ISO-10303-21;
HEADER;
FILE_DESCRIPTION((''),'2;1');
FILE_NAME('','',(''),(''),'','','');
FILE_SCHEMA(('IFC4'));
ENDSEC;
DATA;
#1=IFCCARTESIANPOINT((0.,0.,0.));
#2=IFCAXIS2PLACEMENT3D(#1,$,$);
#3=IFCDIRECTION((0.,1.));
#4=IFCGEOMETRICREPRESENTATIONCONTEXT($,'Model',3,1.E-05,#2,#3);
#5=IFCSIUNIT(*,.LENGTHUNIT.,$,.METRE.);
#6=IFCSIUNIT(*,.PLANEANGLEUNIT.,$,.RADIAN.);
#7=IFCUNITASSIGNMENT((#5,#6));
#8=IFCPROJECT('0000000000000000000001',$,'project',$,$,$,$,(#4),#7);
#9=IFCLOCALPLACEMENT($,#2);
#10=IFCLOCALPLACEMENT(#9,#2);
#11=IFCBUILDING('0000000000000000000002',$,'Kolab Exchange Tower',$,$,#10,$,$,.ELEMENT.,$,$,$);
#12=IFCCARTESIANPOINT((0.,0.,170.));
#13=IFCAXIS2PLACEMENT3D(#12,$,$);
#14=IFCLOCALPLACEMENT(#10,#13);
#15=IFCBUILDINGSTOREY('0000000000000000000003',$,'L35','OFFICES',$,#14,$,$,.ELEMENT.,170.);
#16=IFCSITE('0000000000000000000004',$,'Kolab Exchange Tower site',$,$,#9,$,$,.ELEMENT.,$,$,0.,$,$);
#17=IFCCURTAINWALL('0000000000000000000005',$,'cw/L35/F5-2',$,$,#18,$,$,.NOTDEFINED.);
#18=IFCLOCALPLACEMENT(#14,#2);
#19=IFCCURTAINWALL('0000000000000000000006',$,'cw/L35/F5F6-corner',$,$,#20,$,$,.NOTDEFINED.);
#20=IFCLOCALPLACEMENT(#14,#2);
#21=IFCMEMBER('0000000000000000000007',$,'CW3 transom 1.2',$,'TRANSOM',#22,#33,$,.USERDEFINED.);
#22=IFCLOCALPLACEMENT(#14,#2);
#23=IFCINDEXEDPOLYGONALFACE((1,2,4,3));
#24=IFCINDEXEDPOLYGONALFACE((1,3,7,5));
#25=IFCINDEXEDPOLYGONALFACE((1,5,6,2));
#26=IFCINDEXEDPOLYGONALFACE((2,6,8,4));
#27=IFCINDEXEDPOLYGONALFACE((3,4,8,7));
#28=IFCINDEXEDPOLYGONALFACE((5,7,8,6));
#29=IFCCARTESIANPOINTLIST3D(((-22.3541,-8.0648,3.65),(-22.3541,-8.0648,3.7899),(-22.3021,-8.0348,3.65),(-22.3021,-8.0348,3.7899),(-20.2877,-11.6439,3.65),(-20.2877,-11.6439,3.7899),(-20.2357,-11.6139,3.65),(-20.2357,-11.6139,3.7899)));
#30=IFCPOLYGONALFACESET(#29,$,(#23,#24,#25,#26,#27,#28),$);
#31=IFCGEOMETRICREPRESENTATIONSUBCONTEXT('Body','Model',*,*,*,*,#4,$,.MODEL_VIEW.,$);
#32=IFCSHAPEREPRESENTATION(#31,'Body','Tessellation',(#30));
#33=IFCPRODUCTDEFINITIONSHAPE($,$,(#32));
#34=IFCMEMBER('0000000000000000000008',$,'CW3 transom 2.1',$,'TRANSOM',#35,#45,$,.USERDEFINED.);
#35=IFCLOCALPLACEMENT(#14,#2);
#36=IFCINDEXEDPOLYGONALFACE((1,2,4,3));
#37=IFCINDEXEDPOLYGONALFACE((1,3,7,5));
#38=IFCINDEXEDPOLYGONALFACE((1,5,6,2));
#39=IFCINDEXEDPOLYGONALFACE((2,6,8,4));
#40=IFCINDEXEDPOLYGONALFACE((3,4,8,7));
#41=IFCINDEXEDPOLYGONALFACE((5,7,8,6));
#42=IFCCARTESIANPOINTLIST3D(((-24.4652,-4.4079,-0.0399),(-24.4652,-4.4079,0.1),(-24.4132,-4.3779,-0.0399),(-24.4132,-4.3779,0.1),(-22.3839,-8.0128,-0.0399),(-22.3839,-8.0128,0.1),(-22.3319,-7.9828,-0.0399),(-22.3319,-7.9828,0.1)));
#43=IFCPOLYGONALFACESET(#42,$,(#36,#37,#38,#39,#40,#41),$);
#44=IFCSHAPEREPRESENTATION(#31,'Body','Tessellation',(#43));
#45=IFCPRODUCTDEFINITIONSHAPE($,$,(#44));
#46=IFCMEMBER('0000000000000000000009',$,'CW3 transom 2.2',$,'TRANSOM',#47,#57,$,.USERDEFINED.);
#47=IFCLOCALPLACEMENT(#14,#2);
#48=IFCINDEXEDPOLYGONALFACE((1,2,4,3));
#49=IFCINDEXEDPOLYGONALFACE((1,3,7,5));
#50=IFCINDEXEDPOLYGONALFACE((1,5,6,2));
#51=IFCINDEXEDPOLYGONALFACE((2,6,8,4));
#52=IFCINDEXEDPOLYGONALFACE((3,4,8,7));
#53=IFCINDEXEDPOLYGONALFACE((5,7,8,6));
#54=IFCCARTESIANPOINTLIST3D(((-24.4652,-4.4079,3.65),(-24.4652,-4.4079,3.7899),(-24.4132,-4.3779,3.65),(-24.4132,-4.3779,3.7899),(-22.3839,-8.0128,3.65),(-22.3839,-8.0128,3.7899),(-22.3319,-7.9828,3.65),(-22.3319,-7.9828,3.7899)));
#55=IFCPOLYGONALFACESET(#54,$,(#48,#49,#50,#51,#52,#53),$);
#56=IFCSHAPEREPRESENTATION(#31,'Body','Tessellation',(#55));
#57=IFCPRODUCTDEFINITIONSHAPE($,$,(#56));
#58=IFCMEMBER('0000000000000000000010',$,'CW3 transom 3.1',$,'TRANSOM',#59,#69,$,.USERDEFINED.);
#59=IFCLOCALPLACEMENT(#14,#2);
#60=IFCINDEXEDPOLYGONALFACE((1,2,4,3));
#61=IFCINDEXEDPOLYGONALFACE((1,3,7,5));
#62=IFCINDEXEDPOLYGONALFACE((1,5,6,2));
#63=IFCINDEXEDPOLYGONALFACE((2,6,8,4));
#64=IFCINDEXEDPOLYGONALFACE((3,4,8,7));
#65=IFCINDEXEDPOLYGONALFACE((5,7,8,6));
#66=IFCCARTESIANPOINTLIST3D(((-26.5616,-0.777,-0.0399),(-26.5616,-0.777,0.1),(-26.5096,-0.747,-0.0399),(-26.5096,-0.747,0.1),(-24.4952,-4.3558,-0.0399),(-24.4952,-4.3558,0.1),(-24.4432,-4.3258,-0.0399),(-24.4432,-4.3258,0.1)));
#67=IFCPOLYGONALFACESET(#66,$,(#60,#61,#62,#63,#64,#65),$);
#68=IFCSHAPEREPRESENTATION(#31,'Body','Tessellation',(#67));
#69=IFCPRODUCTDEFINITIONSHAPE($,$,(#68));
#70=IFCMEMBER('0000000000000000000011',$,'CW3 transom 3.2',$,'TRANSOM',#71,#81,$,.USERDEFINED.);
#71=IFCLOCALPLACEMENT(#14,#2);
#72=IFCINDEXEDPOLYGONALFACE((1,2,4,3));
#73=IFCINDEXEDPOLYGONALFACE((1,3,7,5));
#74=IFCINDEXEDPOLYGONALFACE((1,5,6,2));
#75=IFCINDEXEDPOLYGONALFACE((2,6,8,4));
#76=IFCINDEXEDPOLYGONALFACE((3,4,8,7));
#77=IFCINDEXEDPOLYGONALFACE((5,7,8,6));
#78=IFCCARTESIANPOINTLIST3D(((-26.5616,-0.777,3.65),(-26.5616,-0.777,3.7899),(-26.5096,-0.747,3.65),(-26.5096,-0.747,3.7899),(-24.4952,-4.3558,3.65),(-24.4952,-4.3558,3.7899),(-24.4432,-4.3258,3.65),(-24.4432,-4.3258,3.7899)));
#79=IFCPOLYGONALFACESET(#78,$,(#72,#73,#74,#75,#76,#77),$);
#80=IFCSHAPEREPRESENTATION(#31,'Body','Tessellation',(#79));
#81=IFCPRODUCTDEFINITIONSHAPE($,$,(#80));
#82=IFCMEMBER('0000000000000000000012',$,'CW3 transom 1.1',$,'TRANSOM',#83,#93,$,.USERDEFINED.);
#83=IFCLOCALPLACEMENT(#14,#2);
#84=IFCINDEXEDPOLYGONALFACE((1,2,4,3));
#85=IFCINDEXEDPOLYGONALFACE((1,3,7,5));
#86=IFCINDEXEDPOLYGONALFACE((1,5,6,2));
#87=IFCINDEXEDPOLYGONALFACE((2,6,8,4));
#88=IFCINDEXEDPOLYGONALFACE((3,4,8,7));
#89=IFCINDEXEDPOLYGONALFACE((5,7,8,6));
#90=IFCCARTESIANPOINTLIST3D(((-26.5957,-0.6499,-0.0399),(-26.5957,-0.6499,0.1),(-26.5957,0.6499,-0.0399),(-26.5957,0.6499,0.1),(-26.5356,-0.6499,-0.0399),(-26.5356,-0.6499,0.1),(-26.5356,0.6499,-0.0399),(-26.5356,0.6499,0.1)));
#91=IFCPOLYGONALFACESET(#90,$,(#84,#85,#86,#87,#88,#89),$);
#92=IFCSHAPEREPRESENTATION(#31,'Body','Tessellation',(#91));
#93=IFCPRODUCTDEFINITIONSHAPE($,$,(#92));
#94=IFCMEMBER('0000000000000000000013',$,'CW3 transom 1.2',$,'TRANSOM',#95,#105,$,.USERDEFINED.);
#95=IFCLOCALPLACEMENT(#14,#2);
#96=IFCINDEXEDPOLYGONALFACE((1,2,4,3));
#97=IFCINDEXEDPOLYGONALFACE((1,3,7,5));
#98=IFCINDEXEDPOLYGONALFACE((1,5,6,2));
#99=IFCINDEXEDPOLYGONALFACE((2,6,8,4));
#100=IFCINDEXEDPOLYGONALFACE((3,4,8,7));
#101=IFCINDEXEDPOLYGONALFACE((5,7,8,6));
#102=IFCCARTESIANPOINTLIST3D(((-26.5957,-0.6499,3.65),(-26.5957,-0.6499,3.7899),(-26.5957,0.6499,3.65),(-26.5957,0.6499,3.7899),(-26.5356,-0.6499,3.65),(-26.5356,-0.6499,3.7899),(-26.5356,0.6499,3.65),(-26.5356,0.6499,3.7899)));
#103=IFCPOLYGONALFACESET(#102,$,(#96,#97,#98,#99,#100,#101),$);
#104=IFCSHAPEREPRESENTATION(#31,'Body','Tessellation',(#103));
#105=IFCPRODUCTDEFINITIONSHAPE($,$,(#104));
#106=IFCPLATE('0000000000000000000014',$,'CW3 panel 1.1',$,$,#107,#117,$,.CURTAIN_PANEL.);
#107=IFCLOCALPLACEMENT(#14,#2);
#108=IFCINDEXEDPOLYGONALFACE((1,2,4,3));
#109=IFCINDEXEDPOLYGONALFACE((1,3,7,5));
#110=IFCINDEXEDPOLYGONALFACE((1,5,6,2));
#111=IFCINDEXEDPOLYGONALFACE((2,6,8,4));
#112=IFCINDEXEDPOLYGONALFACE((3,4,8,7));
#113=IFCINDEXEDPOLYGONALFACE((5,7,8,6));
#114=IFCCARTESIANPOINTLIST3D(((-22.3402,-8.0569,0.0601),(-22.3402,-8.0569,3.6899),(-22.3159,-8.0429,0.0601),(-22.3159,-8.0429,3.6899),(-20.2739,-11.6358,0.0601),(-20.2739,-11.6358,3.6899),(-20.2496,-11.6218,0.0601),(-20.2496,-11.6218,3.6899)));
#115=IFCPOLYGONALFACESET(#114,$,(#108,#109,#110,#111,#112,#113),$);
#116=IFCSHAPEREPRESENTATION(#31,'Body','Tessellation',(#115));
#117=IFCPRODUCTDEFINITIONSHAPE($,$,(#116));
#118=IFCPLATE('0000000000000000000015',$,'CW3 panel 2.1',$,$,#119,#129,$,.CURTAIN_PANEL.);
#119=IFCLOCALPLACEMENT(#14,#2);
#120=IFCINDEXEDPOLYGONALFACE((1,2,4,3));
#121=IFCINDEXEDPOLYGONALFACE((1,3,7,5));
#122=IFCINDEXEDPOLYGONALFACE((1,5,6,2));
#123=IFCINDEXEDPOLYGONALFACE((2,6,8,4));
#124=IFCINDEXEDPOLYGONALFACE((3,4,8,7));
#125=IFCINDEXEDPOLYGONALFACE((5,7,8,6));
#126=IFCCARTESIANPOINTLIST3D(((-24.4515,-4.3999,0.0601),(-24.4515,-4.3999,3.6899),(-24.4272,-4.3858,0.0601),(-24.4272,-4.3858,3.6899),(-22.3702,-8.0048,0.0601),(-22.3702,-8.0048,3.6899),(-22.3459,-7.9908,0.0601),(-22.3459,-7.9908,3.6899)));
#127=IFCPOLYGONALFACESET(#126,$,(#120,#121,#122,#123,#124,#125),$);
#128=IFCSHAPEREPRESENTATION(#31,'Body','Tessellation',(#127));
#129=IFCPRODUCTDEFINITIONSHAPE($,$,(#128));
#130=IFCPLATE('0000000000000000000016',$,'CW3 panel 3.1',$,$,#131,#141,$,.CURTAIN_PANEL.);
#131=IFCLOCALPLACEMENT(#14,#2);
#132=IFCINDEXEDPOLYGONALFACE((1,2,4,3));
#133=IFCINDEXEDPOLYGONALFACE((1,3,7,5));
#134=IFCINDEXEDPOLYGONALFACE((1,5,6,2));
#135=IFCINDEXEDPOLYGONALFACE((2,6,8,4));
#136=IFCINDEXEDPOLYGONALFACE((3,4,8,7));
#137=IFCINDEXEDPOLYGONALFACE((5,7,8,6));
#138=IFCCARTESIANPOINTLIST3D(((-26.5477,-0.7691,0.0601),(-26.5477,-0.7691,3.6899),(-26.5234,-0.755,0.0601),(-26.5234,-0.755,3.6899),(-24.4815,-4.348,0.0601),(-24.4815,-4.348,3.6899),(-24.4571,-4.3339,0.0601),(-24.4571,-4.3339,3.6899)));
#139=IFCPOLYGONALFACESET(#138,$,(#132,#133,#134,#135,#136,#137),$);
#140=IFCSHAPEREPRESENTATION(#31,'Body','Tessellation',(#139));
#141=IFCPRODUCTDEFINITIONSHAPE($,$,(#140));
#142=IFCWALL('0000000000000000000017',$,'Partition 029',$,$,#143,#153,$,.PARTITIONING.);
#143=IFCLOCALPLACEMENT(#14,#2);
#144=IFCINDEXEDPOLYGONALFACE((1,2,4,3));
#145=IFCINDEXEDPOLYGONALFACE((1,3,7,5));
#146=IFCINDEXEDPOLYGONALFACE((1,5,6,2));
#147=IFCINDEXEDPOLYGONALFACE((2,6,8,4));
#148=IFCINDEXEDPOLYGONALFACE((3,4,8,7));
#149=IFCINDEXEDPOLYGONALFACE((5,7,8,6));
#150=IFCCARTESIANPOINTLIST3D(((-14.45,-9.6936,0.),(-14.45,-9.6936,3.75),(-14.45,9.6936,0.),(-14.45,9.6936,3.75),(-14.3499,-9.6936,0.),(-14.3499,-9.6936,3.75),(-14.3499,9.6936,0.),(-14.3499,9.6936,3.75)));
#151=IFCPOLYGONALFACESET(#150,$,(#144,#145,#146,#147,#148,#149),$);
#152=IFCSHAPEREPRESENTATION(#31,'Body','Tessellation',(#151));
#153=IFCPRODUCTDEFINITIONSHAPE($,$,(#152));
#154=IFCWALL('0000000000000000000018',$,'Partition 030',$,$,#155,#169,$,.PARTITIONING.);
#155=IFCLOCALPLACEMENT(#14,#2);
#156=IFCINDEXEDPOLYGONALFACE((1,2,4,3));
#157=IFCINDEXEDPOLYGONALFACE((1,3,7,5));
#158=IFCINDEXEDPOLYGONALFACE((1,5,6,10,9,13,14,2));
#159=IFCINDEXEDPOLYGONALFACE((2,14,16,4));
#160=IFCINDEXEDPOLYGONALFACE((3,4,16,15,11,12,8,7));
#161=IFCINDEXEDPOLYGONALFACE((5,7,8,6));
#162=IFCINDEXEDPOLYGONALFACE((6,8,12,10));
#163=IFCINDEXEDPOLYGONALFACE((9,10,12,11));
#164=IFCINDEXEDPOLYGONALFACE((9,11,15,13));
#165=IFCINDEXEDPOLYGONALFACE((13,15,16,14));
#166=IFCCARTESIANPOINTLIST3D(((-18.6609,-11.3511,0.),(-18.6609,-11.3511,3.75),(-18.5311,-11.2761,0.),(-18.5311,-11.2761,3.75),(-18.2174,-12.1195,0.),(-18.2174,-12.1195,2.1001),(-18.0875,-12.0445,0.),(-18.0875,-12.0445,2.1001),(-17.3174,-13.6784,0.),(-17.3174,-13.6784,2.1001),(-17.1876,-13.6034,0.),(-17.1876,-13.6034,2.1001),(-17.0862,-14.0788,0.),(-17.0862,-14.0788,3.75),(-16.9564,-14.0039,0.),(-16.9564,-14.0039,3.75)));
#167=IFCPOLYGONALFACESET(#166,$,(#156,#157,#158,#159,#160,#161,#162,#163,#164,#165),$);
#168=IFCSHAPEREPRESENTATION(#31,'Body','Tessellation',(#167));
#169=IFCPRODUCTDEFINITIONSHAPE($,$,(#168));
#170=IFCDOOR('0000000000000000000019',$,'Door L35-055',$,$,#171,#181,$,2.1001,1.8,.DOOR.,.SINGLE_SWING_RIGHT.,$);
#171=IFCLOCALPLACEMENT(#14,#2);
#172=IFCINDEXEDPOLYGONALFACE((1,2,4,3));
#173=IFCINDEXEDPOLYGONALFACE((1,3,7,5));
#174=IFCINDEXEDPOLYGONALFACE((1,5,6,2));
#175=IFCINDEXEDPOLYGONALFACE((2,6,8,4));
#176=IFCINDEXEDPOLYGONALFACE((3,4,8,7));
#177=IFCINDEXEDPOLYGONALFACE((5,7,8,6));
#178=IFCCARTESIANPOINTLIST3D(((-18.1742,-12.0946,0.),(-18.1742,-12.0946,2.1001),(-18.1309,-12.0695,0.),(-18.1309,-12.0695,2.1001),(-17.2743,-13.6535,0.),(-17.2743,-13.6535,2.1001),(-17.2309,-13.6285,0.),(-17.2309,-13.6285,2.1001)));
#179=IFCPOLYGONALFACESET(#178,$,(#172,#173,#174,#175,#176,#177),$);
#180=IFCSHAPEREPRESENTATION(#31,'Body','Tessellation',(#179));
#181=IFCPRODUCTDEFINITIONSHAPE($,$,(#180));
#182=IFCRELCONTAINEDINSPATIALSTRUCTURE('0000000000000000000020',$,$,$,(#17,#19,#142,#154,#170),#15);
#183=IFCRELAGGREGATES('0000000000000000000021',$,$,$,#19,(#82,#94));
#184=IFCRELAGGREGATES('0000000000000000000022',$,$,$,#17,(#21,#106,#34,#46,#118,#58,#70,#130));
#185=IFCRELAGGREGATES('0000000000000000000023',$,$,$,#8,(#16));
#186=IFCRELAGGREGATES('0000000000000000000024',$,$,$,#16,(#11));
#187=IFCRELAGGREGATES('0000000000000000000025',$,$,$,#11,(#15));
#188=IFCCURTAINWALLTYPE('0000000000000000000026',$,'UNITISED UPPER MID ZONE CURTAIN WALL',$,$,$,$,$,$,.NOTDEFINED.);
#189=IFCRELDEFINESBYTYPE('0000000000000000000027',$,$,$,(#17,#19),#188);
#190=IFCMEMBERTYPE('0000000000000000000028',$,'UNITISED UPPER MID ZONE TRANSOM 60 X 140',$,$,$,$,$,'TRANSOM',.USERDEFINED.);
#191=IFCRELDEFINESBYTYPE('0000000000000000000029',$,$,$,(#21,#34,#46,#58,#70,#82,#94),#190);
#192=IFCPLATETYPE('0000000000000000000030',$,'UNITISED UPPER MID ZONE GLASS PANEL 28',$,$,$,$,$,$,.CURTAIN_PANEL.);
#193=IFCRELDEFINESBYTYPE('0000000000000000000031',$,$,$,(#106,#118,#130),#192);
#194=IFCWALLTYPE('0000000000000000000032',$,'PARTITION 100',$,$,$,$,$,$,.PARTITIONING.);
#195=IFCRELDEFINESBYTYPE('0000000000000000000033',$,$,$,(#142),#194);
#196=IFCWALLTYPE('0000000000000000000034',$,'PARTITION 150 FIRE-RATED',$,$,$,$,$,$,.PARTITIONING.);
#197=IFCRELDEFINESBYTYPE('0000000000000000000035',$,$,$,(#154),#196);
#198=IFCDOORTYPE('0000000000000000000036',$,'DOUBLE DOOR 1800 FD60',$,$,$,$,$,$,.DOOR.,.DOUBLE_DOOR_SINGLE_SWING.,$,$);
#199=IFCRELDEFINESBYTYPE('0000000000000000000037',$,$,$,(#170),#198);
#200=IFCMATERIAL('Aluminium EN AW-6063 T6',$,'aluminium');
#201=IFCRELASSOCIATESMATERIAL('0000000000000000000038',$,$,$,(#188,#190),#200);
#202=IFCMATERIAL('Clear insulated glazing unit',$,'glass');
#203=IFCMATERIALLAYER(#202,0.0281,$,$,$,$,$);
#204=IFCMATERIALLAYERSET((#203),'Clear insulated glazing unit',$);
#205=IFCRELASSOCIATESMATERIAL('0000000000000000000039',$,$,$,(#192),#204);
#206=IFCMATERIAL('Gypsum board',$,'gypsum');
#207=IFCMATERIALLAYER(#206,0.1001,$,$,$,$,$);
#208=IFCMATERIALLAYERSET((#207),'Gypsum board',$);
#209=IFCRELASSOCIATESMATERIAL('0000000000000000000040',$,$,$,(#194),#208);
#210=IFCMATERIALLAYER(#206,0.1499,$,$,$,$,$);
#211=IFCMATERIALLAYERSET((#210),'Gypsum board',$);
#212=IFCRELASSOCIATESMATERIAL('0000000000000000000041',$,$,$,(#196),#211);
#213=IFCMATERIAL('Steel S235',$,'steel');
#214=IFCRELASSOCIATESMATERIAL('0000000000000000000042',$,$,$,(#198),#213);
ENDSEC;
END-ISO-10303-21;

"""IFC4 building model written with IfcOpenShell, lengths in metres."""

from ifc_helpers import new_model, si_unit, direction, frame, frame_2d, origin, origin_2d, place, context, subcontext, project, spatial, rectangle, extrude, material, layer, layer_set, material_profile, profile_set, type_object, element, fill, aggregate, save


model = new_model("IFC4")

# Units and contexts
model_context = context("Model", 3, precision=1e-05, world=origin(), true_north=direction((0.0, 1.0)))
body_context = subcontext(model_context, "Body", "Model", "MODEL_VIEW")
ifc_project = project(units=[si_unit("LENGTHUNIT", "METRE"), si_unit("PLANEANGLEUNIT", "RADIAN")], contexts=[model_context])

# Site, building, storey
site_placement = place(None, origin())
site = spatial("IfcSite", under=ifc_project, at=site_placement, Name="Kolab Exchange Tower site", CompositionType="ELEMENT", RefElevation=0.0)
building_placement = place(site_placement, origin())
building = spatial("IfcBuilding", under=site, at=building_placement, Name="Kolab Exchange Tower", CompositionType="ELEMENT")
storey_placement = place(building_placement, frame((0.0, 0.0, 170.0)))
storey = spatial("IfcBuildingStorey", under=building, at=storey_placement, Name="L35", Description="OFFICES", CompositionType="ELEMENT", Elevation=170.0)

# Curtain wall
ifc_material_1 = material(Name="Aluminium EN AW-6063 T6", Category="aluminium")
curtain_wall_type = type_object("IfcCurtainWallType", Name="UNITISED UPPER MID ZONE CURTAIN WALL", PredefinedType="NOTDEFINED", material=ifc_material_1)
curtain_wall_1_placement = place(storey_placement, origin())
curtain_wall_1 = element("IfcCurtainWall", 1, at=curtain_wall_1_placement, inside=storey, type_object=curtain_wall_type, Name="cw/L35/F5-2", PredefinedType="NOTDEFINED")

# Curtain wall
curtain_wall_2_placement = place(storey_placement, origin())
curtain_wall_2 = element("IfcCurtainWall", 2, at=curtain_wall_2_placement, inside=storey, type_object=curtain_wall_type, Name="cw/L35/F5F6-corner", PredefinedType="NOTDEFINED")

# Members
ifc_material_profile_1 = material_profile(ifc_material_1, rectangle(XDim=0.0601, YDim=0.1399, at=origin_2d()), Name="RECT 60X140")
ifc_profile_set_1 = profile_set([ifc_material_profile_1], Name="Aluminium EN AW-6063 T6")
member_type_1 = type_object("IfcMemberType", Name="UNITISED UPPER MID ZONE TRANSOM 60 X 140", ElementType="TRANSOM", PredefinedType="USERDEFINED", material=ifc_profile_set_1)
member_1_placement = place(storey_placement, frame((-20.2617, -11.6289, 3.72), z_axis=(-0.500002, 0.866024, 0.0), x_axis=(-0.866024, -0.500002, 0.0)))
member_1 = element("IfcMember", 3, at=member_1_placement, type_object=member_type_1, Name="CW3 transom 1.2", ObjectType="TRANSOM", PredefinedType="USERDEFINED", context=body_context, shape_type="SweptSolid", body=[
    extrude(rectangle(XDim=0.0601, YDim=0.1399, at=origin_2d()), origin(), (0.0, 0.0, 1.0), 4.1328),
])
member_2_placement = place(storey_placement, frame((-22.3579, -7.9978, 0.03), z_axis=(-0.499993, 0.866029, 0.0), x_axis=(-0.866029, -0.499993, 0.0)))
member_2 = element("IfcMember", 4, at=member_2_placement, type_object=member_type_1, Name="CW3 transom 2.1", ObjectType="TRANSOM", PredefinedType="USERDEFINED", context=body_context, shape_type="SweptSolid", body=[
    extrude(rectangle(XDim=0.0601, YDim=0.1399, at=origin_2d()), origin(), (0.0, 0.0, 1.0), 4.1626),
])
member_3_placement = place(storey_placement, frame((-22.3579, -7.9978, 3.72), z_axis=(-0.499993, 0.866029, 0.0), x_axis=(-0.866029, -0.499993, 0.0)))
member_3 = element("IfcMember", 5, at=member_3_placement, type_object=member_type_1, Name="CW3 transom 2.2", ObjectType="TRANSOM", PredefinedType="USERDEFINED", context=body_context, shape_type="SweptSolid", body=[
    extrude(rectangle(XDim=0.0601, YDim=0.1399, at=origin_2d()), origin(), (0.0, 0.0, 1.0), 4.1626),
])
member_4_placement = place(storey_placement, frame((-24.4692, -4.3408, 0.03), z_axis=(-0.500028, 0.866009, 0.0), x_axis=(-0.866009, -0.500028, 0.0)))
member_4 = element("IfcMember", 6, at=member_4_placement, type_object=member_type_1, Name="CW3 transom 3.1", ObjectType="TRANSOM", PredefinedType="USERDEFINED", context=body_context, shape_type="SweptSolid", body=[
    extrude(rectangle(XDim=0.0601, YDim=0.1399, at=origin_2d()), origin(), (0.0, 0.0, 1.0), 4.1326),
])
member_5_placement = place(storey_placement, frame((-24.4692, -4.3408, 3.72), z_axis=(-0.500028, 0.866009, 0.0), x_axis=(-0.866009, -0.500028, 0.0)))
member_5 = element("IfcMember", 7, at=member_5_placement, type_object=member_type_1, Name="CW3 transom 3.2", ObjectType="TRANSOM", PredefinedType="USERDEFINED", context=body_context, shape_type="SweptSolid", body=[
    extrude(rectangle(XDim=0.0601, YDim=0.1399, at=origin_2d()), origin(), (0.0, 0.0, 1.0), 4.1326),
])
member_6_placement = place(storey_placement, frame((-26.5657, -0.6499, 0.03), z_axis=(0.0, 1.0, 0.0), x_axis=(-1.0, 0.0, 0.0)))
member_6 = element("IfcMember", 8, at=member_6_placement, type_object=member_type_1, Name="CW3 transom 1.1", ObjectType="TRANSOM", PredefinedType="USERDEFINED", context=body_context, shape_type="SweptSolid", body=[
    extrude(rectangle(XDim=0.0601, YDim=0.1399, at=origin_2d()), origin(), (0.0, 0.0, 1.0), 1.2998),
])
member_7_placement = place(storey_placement, frame((-26.5657, -0.6499, 3.72), z_axis=(0.0, 1.0, 0.0), x_axis=(-1.0, 0.0, 0.0)))
member_7 = element("IfcMember", 9, at=member_7_placement, type_object=member_type_1, Name="CW3 transom 1.2", ObjectType="TRANSOM", PredefinedType="USERDEFINED", context=body_context, shape_type="SweptSolid", body=[
    extrude(rectangle(XDim=0.0601, YDim=0.1399, at=origin_2d()), origin(), (0.0, 0.0, 1.0), 1.2998),
])
aggregate(curtain_wall_2, [member_6, member_7])

# Plates
ifc_material_2 = material(Name="Clear insulated glazing unit", Category="glass")
ifc_layer_1 = layer(ifc_material_2, 0.0281)
ifc_layer_set_1 = layer_set([ifc_layer_1], Name="Clear insulated glazing unit")
plate_type = type_object("IfcPlateType", Name="UNITISED UPPER MID ZONE GLASS PANEL 28", PredefinedType="CURTAIN_PANEL", material=ifc_layer_set_1)
plate_1_placement = place(storey_placement, frame((-21.2949, -9.8394, 0.0601), z_axis=(0.0, 0.0, 1.0), x_axis=(-0.5, 0.866025, 0.0)))
plate_1 = element("IfcPlate", 10, at=plate_1_placement, type_object=plate_type, Name="CW3 panel 1.1", PredefinedType="CURTAIN_PANEL", context=body_context, shape_type="SweptSolid", body=[
    extrude(rectangle(XDim=4.1326, YDim=0.0281, at=origin_2d()), origin(), (0.0, 0.0, 1.0), 3.6299),
])
plate_2_placement = place(storey_placement, frame((-23.3987, -6.1953, 0.0601), z_axis=(0.0, 0.0, 1.0), x_axis=(-0.5, 0.866025, 0.0)))
plate_2 = element("IfcPlate", 11, at=plate_2_placement, type_object=plate_type, Name="CW3 panel 2.1", PredefinedType="CURTAIN_PANEL", context=body_context, shape_type="SweptSolid", body=[
    extrude(rectangle(XDim=4.1626, YDim=0.0281, at=origin_2d()), origin(), (0.0, 0.0, 1.0), 3.6299),
])
plate_3_placement = place(storey_placement, frame((-25.5024, -2.5515, 0.0601), z_axis=(0.0, 0.0, 1.0), x_axis=(-0.5, 0.866025, 0.0)))
plate_3 = element("IfcPlate", 12, at=plate_3_placement, type_object=plate_type, Name="CW3 panel 3.1", PredefinedType="CURTAIN_PANEL", context=body_context, shape_type="SweptSolid", body=[
    extrude(rectangle(XDim=4.1326, YDim=0.0281, at=origin_2d()), origin(), (0.0, 0.0, 1.0), 3.6299),
])
aggregate(curtain_wall_1, [member_1, plate_1, member_2, member_3, plate_2, member_4, member_5, plate_3])

# Wall
ifc_material_3 = material(Name="Gypsum board", Category="gypsum")
ifc_layer_2 = layer(ifc_material_3, 0.1001)
ifc_layer_set_2 = layer_set([ifc_layer_2], Name="Gypsum board")
wall_type_1 = type_object("IfcWallType", Name="PARTITION 100", PredefinedType="PARTITIONING", material=ifc_layer_set_2)
wall_1_placement = place(storey_placement, frame((-14.3999, -9.6936, 0.0), z_axis=(0.0, 0.0, 1.0), x_axis=(0.0, 1.0, 0.0)))
element("IfcWall", 13, at=wall_1_placement, inside=storey, type_object=wall_type_1, Name="Partition 029", PredefinedType="PARTITIONING", context=body_context, shape_type="SweptSolid", body=[
    extrude(rectangle(XDim=19.3872, YDim=0.1001, at=frame_2d((9.6936, 0.0))), origin(), (0.0, 0.0, 1.0), 3.75),
])

# Wall, opening, door
ifc_layer_3 = layer(ifc_material_3, 0.1499)
ifc_layer_set_3 = layer_set([ifc_layer_3], Name="Gypsum board")
wall_type_2 = type_object("IfcWallType", Name="PARTITION 150 FIRE-RATED", PredefinedType="PARTITIONING", material=ifc_layer_set_3)
wall_2_placement = place(storey_placement, frame((-18.5959, -11.3137, 0.0), z_axis=(0.0, 0.0, 1.0), x_axis=(0.499957, -0.86605, 0.0)))
wall_2 = element("IfcWall", 14, at=wall_2_placement, inside=storey, type_object=wall_type_2, Name="Partition 030", PredefinedType="PARTITIONING", context=body_context, shape_type="SweptSolid", body=[
    extrude(rectangle(XDim=3.1497, YDim=0.1499, at=frame_2d((1.5747, 0.0))), origin(), (0.0, 0.0, 1.0), 3.75),
])
opening_placement = place(wall_2_placement, frame((0.8872, 0.0, 0.0)))
opening = element("IfcOpeningElement", 15, at=opening_placement, cuts=wall_2, PredefinedType="OPENING", context=body_context, shape_type="SweptSolid", body=[
    extrude(rectangle(XDim=1.8, YDim=2.1001, at=frame_2d((0.8999, 1.05))), frame((0.0, 0.085, 0.0), z_axis=(0.0, -1.0, 0.0), x_axis=(1.0, 0.0, 0.0)), (0.0, 0.0, 1.0), 0.1699),
])
ifc_material_4 = material(Name="Steel S235", Category="steel")
door_type = type_object("IfcDoorType", Name="DOUBLE DOOR 1800 FD60", OperationType="DOUBLE_DOOR_SINGLE_SWING", PredefinedType="DOOR", material=ifc_material_4)
door_placement = place(opening_placement, origin())
door = element("IfcDoor", 16, at=door_placement, inside=storey, type_object=door_type, Name="Door L35-055", OperationType="SINGLE_SWING_RIGHT", OverallHeight=2.1001, OverallWidth=1.8, PredefinedType="DOOR", context=body_context, shape_type="SweptSolid", body=[
    extrude(rectangle(XDim=1.8, YDim=2.1001, at=frame_2d((0.8999, 1.05))), frame((0.0, 0.0249, 0.0), z_axis=(0.0, -1.0, 0.0), x_axis=(1.0, 0.0, 0.0)), (0.0, 0.0, 1.0), 0.05),
])
fill(opening, door)

save(model, "model.ifc")
